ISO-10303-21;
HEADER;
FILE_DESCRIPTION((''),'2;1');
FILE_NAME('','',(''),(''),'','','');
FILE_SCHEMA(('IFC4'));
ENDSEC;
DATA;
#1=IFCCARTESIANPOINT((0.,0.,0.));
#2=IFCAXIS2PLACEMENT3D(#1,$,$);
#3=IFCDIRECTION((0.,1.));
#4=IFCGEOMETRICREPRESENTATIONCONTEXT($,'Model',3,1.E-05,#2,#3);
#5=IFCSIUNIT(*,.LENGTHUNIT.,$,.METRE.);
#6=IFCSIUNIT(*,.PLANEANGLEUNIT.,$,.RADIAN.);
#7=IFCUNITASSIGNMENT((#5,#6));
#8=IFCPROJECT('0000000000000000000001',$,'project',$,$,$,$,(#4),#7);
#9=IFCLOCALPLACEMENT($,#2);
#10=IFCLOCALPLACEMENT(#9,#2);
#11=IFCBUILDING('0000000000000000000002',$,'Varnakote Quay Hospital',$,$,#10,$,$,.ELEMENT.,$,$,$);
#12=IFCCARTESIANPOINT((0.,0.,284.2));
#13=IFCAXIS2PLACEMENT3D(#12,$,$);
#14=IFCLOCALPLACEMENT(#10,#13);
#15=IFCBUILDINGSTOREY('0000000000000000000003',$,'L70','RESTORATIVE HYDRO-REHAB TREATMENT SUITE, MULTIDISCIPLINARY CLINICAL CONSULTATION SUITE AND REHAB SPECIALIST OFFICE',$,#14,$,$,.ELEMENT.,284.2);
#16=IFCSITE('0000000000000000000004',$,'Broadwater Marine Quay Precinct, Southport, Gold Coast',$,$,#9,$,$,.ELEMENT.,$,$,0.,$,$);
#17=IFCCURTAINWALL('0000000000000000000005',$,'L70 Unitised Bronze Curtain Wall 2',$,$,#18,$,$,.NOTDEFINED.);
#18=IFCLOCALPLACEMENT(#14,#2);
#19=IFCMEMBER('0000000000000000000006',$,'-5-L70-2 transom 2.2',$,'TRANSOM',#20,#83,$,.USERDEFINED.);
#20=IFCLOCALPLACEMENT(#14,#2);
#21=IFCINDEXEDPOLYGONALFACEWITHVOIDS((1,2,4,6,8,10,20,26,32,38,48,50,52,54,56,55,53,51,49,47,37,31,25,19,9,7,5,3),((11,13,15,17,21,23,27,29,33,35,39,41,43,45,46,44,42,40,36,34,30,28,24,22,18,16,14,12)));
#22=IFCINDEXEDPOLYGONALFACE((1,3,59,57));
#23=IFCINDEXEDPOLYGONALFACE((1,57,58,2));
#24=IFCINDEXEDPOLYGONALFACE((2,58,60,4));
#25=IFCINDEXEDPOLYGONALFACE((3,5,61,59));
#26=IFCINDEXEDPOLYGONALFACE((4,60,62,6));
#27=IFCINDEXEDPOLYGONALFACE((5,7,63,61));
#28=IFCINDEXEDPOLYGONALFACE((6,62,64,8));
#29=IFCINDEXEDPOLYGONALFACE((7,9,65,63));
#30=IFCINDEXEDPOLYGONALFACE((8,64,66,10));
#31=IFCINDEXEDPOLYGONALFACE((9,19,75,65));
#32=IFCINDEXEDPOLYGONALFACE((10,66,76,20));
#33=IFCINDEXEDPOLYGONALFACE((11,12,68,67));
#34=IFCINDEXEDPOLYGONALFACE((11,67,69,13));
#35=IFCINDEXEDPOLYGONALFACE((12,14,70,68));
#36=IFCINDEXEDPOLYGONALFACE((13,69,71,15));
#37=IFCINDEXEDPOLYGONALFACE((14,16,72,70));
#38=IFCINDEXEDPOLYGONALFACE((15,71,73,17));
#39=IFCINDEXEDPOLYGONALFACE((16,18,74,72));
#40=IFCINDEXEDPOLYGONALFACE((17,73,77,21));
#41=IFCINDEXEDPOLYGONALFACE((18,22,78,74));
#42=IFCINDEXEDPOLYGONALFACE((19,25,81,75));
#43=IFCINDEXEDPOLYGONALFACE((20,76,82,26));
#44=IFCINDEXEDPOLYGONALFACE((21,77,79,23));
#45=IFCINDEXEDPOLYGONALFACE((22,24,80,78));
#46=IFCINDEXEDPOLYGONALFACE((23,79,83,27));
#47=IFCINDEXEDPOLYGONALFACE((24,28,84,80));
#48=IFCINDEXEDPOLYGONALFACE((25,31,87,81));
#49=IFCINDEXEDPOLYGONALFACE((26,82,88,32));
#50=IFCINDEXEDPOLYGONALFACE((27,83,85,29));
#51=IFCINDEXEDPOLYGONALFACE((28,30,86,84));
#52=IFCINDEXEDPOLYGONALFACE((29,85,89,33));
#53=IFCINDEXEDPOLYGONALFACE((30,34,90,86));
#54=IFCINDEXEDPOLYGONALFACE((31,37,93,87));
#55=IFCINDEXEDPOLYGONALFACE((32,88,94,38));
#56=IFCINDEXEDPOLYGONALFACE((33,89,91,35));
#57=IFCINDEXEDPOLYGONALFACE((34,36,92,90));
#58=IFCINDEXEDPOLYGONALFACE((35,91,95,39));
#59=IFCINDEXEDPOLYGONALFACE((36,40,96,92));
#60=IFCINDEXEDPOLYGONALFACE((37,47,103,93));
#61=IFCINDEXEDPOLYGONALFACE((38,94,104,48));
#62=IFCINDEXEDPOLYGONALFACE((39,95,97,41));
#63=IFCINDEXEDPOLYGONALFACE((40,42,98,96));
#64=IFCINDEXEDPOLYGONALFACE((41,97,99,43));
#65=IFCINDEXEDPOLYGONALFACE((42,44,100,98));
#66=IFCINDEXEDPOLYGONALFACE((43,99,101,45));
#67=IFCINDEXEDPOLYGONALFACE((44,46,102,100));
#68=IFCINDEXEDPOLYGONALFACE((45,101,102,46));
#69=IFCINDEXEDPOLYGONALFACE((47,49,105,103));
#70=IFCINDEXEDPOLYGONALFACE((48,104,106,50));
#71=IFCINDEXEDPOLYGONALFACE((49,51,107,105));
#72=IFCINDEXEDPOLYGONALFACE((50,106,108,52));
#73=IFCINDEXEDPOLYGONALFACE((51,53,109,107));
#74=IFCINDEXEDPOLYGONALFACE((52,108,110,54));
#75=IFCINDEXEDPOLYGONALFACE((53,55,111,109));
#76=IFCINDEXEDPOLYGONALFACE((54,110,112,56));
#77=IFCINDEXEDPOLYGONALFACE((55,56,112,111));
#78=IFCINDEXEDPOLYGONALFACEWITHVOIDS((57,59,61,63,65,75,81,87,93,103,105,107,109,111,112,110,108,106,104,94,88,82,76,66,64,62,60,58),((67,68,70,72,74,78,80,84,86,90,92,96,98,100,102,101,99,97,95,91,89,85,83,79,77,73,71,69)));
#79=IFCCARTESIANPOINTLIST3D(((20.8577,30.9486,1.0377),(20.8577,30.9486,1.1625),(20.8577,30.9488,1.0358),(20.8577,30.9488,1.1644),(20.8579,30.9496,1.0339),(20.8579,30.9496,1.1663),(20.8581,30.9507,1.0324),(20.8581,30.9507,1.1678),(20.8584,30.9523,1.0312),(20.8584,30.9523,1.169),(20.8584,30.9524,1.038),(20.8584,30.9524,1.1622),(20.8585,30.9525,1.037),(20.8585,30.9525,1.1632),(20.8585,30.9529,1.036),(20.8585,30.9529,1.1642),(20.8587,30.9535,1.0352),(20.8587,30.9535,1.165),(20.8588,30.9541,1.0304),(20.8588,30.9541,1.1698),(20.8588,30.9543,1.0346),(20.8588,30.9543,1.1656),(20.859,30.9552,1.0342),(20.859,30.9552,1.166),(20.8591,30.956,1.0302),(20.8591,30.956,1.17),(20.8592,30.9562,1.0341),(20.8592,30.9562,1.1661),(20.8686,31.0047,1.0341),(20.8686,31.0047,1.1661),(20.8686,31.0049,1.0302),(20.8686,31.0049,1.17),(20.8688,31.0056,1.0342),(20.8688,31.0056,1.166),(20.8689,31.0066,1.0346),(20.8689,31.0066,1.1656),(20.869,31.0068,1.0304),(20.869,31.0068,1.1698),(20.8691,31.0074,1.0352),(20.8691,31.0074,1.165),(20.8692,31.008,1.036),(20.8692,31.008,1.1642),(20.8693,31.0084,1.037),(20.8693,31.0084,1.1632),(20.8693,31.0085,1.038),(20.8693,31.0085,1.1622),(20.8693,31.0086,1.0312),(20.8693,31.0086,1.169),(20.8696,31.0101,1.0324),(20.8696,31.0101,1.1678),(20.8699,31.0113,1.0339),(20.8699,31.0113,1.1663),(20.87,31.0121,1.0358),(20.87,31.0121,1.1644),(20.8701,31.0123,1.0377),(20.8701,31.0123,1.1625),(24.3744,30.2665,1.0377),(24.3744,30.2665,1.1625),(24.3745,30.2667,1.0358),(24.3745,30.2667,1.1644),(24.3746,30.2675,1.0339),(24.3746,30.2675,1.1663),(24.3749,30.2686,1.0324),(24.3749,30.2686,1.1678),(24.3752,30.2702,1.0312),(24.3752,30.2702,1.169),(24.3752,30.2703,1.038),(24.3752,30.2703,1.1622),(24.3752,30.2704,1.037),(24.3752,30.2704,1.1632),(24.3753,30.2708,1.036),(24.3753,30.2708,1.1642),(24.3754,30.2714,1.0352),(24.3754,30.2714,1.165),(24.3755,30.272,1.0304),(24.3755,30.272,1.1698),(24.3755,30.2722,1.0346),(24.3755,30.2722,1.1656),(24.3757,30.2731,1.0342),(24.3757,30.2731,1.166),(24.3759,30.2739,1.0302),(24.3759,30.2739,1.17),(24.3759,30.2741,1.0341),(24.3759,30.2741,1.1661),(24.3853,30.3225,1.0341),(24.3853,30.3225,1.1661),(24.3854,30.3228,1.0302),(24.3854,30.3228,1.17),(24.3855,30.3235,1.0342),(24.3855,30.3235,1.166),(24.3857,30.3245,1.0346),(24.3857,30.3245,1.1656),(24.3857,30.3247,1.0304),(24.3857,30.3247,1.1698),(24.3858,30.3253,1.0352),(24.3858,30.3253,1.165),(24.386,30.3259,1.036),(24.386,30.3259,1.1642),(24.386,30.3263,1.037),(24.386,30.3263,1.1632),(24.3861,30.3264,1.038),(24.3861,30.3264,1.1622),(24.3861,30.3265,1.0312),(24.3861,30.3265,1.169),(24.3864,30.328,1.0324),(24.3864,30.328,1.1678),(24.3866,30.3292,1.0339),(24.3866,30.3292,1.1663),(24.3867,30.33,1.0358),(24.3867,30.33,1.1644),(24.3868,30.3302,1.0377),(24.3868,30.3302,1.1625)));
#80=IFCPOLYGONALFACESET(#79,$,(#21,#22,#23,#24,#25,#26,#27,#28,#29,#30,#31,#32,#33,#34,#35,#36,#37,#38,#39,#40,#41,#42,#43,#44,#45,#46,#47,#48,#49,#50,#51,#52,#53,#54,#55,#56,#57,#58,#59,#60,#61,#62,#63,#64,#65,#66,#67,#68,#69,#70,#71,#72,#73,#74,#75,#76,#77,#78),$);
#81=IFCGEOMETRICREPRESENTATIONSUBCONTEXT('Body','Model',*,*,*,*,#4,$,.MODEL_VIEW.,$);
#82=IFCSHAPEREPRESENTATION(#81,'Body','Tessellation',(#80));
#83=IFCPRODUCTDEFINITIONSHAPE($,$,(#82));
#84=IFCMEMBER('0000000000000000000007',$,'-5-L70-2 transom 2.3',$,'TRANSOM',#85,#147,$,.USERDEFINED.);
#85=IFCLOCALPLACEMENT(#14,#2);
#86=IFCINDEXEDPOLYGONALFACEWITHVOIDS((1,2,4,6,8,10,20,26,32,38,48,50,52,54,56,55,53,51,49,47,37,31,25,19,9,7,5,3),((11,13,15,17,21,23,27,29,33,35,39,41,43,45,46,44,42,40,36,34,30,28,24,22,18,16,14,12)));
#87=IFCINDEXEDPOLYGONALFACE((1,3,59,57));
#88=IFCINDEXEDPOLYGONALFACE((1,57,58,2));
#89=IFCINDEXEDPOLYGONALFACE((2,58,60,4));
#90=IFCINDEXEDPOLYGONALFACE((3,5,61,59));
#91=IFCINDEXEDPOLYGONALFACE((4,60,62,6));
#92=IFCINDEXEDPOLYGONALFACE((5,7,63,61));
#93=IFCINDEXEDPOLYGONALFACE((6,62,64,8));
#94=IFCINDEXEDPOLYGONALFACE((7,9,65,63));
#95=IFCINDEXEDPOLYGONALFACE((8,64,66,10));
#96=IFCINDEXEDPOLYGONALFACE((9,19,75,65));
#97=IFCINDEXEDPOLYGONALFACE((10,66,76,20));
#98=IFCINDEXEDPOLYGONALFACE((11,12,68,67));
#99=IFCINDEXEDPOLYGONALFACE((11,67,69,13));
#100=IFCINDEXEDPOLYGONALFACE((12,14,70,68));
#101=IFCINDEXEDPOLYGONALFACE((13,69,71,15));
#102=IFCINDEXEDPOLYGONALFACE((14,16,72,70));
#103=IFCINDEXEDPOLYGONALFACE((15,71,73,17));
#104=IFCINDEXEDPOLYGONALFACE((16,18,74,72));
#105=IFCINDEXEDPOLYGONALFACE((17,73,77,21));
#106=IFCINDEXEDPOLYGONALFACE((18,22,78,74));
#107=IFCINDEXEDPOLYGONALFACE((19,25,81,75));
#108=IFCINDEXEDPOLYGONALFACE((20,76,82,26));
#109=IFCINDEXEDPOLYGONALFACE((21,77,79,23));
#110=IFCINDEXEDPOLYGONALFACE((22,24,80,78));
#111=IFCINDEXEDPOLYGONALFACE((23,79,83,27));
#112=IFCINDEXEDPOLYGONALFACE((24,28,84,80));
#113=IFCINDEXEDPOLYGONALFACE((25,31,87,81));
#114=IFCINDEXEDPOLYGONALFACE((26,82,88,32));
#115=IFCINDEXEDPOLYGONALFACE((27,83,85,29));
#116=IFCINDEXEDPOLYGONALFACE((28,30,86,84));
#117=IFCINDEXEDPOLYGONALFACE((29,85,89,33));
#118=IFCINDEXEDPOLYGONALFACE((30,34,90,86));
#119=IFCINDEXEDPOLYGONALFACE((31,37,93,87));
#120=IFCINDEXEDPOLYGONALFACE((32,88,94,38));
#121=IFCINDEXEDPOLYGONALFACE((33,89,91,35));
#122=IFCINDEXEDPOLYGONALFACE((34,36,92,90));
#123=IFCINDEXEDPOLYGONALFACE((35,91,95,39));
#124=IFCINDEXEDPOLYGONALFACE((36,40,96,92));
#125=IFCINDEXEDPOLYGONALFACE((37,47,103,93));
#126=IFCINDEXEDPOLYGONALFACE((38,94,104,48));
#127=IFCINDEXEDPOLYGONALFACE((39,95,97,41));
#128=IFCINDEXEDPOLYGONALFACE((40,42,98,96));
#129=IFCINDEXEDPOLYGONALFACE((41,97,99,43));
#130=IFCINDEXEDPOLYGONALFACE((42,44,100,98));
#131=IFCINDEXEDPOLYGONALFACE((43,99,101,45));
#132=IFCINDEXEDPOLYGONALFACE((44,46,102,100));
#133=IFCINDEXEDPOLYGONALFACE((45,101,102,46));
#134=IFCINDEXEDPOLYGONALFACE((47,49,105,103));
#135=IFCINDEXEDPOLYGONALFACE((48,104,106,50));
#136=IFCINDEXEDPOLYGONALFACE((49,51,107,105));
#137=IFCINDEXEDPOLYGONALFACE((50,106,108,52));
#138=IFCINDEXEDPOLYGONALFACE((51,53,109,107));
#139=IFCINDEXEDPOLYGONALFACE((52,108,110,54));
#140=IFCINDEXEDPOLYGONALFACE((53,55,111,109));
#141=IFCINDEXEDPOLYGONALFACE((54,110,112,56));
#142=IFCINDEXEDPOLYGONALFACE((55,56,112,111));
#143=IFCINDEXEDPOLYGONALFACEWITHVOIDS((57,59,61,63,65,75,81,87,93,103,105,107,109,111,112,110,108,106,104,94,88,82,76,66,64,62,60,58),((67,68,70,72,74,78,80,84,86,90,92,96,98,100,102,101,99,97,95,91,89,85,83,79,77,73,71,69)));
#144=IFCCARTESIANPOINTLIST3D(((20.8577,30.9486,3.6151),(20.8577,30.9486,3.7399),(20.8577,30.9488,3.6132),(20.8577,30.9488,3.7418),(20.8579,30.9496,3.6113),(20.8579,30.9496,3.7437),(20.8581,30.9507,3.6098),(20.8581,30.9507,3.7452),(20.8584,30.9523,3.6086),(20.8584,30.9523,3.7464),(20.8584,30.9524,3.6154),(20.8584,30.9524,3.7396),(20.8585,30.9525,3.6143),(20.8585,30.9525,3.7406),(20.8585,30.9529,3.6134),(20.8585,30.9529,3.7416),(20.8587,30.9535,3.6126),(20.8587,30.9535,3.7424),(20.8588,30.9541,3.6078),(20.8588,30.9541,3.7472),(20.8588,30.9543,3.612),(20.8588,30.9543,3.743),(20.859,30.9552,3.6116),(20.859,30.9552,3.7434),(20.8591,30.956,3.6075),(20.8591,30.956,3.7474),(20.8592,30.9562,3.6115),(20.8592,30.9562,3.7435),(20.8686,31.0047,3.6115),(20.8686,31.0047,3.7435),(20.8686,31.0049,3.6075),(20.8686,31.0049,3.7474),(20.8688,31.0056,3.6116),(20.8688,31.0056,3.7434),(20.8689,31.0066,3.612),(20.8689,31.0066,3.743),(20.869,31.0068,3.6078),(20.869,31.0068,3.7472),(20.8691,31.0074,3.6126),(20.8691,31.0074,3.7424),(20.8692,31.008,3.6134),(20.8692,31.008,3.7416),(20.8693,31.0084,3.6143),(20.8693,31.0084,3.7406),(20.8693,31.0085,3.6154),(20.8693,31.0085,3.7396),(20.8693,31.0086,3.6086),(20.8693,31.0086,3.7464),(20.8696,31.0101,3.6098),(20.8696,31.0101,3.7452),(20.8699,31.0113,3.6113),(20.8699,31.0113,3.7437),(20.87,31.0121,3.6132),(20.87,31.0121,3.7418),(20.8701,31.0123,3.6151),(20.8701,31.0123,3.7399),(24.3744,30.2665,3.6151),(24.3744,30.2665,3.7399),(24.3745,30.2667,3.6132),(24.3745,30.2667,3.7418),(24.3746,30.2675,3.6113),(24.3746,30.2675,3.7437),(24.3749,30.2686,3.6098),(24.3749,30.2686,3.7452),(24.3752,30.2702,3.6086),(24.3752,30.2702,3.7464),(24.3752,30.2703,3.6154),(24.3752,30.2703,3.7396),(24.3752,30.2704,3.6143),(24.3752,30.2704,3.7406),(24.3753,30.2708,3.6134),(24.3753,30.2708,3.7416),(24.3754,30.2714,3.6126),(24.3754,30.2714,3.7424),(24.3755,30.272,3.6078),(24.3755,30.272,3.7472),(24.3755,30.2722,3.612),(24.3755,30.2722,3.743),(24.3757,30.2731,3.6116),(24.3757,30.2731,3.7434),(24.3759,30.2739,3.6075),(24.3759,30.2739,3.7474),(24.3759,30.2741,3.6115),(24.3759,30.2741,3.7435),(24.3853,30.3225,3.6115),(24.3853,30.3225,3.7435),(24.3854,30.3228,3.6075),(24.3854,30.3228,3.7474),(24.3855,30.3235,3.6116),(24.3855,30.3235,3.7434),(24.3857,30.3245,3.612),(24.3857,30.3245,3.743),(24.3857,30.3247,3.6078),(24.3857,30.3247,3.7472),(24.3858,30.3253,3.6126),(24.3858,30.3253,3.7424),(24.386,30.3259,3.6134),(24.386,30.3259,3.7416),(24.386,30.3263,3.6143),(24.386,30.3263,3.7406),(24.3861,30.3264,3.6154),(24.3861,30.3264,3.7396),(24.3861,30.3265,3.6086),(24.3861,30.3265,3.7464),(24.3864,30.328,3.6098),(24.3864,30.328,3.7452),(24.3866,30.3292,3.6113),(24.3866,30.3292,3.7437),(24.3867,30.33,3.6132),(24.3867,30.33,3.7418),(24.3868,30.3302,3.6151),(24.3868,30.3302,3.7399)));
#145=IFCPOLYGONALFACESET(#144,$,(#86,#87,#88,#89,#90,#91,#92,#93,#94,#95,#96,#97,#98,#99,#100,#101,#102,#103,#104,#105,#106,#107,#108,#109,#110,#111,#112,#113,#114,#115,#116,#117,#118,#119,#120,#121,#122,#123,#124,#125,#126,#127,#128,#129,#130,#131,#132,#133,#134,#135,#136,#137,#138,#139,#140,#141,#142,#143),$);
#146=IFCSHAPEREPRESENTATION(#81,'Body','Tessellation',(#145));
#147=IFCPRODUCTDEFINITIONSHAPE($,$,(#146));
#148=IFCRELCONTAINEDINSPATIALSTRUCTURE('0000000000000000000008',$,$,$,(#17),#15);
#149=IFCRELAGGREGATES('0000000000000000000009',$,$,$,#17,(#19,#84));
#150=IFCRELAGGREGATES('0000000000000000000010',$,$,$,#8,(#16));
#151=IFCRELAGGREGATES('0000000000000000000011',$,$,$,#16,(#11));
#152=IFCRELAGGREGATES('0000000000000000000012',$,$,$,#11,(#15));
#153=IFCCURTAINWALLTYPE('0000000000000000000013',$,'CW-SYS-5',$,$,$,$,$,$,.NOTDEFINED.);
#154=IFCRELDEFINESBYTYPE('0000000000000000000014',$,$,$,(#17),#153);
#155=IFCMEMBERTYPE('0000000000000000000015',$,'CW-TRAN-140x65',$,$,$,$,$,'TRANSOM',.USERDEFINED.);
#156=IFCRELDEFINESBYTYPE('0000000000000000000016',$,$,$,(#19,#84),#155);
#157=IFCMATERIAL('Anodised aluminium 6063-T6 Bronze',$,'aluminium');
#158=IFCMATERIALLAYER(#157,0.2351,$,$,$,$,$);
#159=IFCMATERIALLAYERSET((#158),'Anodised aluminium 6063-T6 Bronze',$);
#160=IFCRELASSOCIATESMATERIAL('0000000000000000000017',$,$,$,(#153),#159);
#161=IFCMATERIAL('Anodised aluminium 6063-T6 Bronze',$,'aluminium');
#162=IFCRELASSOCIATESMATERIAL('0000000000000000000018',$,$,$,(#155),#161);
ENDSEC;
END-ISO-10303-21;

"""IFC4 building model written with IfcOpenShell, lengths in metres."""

from ifc_helpers import new_model, si_unit, direction, frame, origin, origin_2d, place, context, subcontext, project, spatial, hollow_rectangle, extrude, material, layer, layer_set, material_profile, profile_set, type_object, element, aggregate, save


model = new_model("IFC4")

# Units and contexts
model_context = context("Model", 3, precision=1e-05, world=origin(), true_north=direction((0.0, 1.0)))
body_context = subcontext(model_context, "Body", "Model", "MODEL_VIEW")
ifc_project = project(units=[si_unit("LENGTHUNIT", "METRE"), si_unit("PLANEANGLEUNIT", "RADIAN")], contexts=[model_context])

# Site, building, storey
site_placement = place(None, origin())
site = spatial("IfcSite", under=ifc_project, at=site_placement, Name="Broadwater Marine Quay Precinct, Southport, Gold Coast", CompositionType="ELEMENT", RefElevation=0.0)
building_placement = place(site_placement, origin())
building = spatial("IfcBuilding", under=site, at=building_placement, Name="Varnakote Quay Hospital", CompositionType="ELEMENT")
storey_placement = place(building_placement, frame((0.0, 0.0, 284.2)))
storey = spatial("IfcBuildingStorey", under=building, at=storey_placement, Name="L70", Description="RESTORATIVE HYDRO-REHAB TREATMENT SUITE, MULTIDISCIPLINARY CLINICAL CONSULTATION SUITE AND REHAB SPECIALIST OFFICE", CompositionType="ELEMENT", Elevation=284.2)

# Shared definitions
ifc_material_1 = material(Name="Anodised aluminium 6063-T6 Bronze", Category="aluminium")
ifc_layer_1 = layer(ifc_material_1, 0.2351)
ifc_layer_set_1 = layer_set([ifc_layer_1], Name="Anodised aluminium 6063-T6 Bronze")
curtain_wall_type = type_object("IfcCurtainWallType", Name="CW-SYS-5", PredefinedType="NOTDEFINED", material=ifc_layer_set_1)

# Curtain wall, members
curtain_wall_1_placement = place(storey_placement, origin())
curtain_wall_1 = element("IfcCurtainWall", 1, at=curtain_wall_1_placement, inside=storey, type_object=curtain_wall_type, Name="L70 Unitised Bronze Curtain Wall 2", PredefinedType="NOTDEFINED")
ifc_material_2 = material(Name="Anodised aluminium 6063-T6 Bronze", Category="aluminium")
ifc_material_profile_1 = material_profile(ifc_material_2, hollow_rectangle(XDim=0.0649, YDim=0.1399, WallThickness=0.0039, InnerFilletRadius=0.0039, OuterFilletRadius=0.0076, at=origin_2d()), Name="CW-TRAN-140x65")
ifc_profile_set_1 = profile_set([ifc_material_profile_1], Name="Anodised aluminium 6063-T6 Bronze")
member_type_1 = type_object("IfcMemberType", Name="CW-TRAN-140x65", ElementType="TRANSOM", PredefinedType="USERDEFINED", material=ifc_profile_set_1)
member_1_placement = place(storey_placement, frame((24.3806, 30.2983, 1.1001), z_axis=(-0.981704, 0.190412, 0.0), x_axis=(-0.190412, -0.981704, 0.0)))
member_1 = element("IfcMember", 2, at=member_1_placement, type_object=member_type_1, Name="-5-L70-2 transom 2.2", ObjectType="TRANSOM", PredefinedType="USERDEFINED", context=body_context, shape_type="SweptSolid", body=[
    extrude(hollow_rectangle(XDim=0.0649, YDim=0.1399, WallThickness=0.0039, InnerFilletRadius=0.0039, OuterFilletRadius=0.0076, at=origin_2d()), origin(), (0.0, 0.0, 1.0), 3.5823),
])
member_2_placement = place(storey_placement, frame((24.3806, 30.2983, 3.6775), z_axis=(-0.981704, 0.190412, 0.0), x_axis=(-0.190412, -0.981704, 0.0)))
member_2 = element("IfcMember", 3, at=member_2_placement, type_object=member_type_1, Name="-5-L70-2 transom 2.3", ObjectType="TRANSOM", PredefinedType="USERDEFINED", context=body_context, shape_type="SweptSolid", body=[
    extrude(hollow_rectangle(XDim=0.0649, YDim=0.1399, WallThickness=0.0039, InnerFilletRadius=0.0039, OuterFilletRadius=0.0076, at=origin_2d()), origin(), (0.0, 0.0, 1.0), 3.5823),
])

aggregate(curtain_wall_1, [member_1, member_2])

save(model, "model.ifc")
